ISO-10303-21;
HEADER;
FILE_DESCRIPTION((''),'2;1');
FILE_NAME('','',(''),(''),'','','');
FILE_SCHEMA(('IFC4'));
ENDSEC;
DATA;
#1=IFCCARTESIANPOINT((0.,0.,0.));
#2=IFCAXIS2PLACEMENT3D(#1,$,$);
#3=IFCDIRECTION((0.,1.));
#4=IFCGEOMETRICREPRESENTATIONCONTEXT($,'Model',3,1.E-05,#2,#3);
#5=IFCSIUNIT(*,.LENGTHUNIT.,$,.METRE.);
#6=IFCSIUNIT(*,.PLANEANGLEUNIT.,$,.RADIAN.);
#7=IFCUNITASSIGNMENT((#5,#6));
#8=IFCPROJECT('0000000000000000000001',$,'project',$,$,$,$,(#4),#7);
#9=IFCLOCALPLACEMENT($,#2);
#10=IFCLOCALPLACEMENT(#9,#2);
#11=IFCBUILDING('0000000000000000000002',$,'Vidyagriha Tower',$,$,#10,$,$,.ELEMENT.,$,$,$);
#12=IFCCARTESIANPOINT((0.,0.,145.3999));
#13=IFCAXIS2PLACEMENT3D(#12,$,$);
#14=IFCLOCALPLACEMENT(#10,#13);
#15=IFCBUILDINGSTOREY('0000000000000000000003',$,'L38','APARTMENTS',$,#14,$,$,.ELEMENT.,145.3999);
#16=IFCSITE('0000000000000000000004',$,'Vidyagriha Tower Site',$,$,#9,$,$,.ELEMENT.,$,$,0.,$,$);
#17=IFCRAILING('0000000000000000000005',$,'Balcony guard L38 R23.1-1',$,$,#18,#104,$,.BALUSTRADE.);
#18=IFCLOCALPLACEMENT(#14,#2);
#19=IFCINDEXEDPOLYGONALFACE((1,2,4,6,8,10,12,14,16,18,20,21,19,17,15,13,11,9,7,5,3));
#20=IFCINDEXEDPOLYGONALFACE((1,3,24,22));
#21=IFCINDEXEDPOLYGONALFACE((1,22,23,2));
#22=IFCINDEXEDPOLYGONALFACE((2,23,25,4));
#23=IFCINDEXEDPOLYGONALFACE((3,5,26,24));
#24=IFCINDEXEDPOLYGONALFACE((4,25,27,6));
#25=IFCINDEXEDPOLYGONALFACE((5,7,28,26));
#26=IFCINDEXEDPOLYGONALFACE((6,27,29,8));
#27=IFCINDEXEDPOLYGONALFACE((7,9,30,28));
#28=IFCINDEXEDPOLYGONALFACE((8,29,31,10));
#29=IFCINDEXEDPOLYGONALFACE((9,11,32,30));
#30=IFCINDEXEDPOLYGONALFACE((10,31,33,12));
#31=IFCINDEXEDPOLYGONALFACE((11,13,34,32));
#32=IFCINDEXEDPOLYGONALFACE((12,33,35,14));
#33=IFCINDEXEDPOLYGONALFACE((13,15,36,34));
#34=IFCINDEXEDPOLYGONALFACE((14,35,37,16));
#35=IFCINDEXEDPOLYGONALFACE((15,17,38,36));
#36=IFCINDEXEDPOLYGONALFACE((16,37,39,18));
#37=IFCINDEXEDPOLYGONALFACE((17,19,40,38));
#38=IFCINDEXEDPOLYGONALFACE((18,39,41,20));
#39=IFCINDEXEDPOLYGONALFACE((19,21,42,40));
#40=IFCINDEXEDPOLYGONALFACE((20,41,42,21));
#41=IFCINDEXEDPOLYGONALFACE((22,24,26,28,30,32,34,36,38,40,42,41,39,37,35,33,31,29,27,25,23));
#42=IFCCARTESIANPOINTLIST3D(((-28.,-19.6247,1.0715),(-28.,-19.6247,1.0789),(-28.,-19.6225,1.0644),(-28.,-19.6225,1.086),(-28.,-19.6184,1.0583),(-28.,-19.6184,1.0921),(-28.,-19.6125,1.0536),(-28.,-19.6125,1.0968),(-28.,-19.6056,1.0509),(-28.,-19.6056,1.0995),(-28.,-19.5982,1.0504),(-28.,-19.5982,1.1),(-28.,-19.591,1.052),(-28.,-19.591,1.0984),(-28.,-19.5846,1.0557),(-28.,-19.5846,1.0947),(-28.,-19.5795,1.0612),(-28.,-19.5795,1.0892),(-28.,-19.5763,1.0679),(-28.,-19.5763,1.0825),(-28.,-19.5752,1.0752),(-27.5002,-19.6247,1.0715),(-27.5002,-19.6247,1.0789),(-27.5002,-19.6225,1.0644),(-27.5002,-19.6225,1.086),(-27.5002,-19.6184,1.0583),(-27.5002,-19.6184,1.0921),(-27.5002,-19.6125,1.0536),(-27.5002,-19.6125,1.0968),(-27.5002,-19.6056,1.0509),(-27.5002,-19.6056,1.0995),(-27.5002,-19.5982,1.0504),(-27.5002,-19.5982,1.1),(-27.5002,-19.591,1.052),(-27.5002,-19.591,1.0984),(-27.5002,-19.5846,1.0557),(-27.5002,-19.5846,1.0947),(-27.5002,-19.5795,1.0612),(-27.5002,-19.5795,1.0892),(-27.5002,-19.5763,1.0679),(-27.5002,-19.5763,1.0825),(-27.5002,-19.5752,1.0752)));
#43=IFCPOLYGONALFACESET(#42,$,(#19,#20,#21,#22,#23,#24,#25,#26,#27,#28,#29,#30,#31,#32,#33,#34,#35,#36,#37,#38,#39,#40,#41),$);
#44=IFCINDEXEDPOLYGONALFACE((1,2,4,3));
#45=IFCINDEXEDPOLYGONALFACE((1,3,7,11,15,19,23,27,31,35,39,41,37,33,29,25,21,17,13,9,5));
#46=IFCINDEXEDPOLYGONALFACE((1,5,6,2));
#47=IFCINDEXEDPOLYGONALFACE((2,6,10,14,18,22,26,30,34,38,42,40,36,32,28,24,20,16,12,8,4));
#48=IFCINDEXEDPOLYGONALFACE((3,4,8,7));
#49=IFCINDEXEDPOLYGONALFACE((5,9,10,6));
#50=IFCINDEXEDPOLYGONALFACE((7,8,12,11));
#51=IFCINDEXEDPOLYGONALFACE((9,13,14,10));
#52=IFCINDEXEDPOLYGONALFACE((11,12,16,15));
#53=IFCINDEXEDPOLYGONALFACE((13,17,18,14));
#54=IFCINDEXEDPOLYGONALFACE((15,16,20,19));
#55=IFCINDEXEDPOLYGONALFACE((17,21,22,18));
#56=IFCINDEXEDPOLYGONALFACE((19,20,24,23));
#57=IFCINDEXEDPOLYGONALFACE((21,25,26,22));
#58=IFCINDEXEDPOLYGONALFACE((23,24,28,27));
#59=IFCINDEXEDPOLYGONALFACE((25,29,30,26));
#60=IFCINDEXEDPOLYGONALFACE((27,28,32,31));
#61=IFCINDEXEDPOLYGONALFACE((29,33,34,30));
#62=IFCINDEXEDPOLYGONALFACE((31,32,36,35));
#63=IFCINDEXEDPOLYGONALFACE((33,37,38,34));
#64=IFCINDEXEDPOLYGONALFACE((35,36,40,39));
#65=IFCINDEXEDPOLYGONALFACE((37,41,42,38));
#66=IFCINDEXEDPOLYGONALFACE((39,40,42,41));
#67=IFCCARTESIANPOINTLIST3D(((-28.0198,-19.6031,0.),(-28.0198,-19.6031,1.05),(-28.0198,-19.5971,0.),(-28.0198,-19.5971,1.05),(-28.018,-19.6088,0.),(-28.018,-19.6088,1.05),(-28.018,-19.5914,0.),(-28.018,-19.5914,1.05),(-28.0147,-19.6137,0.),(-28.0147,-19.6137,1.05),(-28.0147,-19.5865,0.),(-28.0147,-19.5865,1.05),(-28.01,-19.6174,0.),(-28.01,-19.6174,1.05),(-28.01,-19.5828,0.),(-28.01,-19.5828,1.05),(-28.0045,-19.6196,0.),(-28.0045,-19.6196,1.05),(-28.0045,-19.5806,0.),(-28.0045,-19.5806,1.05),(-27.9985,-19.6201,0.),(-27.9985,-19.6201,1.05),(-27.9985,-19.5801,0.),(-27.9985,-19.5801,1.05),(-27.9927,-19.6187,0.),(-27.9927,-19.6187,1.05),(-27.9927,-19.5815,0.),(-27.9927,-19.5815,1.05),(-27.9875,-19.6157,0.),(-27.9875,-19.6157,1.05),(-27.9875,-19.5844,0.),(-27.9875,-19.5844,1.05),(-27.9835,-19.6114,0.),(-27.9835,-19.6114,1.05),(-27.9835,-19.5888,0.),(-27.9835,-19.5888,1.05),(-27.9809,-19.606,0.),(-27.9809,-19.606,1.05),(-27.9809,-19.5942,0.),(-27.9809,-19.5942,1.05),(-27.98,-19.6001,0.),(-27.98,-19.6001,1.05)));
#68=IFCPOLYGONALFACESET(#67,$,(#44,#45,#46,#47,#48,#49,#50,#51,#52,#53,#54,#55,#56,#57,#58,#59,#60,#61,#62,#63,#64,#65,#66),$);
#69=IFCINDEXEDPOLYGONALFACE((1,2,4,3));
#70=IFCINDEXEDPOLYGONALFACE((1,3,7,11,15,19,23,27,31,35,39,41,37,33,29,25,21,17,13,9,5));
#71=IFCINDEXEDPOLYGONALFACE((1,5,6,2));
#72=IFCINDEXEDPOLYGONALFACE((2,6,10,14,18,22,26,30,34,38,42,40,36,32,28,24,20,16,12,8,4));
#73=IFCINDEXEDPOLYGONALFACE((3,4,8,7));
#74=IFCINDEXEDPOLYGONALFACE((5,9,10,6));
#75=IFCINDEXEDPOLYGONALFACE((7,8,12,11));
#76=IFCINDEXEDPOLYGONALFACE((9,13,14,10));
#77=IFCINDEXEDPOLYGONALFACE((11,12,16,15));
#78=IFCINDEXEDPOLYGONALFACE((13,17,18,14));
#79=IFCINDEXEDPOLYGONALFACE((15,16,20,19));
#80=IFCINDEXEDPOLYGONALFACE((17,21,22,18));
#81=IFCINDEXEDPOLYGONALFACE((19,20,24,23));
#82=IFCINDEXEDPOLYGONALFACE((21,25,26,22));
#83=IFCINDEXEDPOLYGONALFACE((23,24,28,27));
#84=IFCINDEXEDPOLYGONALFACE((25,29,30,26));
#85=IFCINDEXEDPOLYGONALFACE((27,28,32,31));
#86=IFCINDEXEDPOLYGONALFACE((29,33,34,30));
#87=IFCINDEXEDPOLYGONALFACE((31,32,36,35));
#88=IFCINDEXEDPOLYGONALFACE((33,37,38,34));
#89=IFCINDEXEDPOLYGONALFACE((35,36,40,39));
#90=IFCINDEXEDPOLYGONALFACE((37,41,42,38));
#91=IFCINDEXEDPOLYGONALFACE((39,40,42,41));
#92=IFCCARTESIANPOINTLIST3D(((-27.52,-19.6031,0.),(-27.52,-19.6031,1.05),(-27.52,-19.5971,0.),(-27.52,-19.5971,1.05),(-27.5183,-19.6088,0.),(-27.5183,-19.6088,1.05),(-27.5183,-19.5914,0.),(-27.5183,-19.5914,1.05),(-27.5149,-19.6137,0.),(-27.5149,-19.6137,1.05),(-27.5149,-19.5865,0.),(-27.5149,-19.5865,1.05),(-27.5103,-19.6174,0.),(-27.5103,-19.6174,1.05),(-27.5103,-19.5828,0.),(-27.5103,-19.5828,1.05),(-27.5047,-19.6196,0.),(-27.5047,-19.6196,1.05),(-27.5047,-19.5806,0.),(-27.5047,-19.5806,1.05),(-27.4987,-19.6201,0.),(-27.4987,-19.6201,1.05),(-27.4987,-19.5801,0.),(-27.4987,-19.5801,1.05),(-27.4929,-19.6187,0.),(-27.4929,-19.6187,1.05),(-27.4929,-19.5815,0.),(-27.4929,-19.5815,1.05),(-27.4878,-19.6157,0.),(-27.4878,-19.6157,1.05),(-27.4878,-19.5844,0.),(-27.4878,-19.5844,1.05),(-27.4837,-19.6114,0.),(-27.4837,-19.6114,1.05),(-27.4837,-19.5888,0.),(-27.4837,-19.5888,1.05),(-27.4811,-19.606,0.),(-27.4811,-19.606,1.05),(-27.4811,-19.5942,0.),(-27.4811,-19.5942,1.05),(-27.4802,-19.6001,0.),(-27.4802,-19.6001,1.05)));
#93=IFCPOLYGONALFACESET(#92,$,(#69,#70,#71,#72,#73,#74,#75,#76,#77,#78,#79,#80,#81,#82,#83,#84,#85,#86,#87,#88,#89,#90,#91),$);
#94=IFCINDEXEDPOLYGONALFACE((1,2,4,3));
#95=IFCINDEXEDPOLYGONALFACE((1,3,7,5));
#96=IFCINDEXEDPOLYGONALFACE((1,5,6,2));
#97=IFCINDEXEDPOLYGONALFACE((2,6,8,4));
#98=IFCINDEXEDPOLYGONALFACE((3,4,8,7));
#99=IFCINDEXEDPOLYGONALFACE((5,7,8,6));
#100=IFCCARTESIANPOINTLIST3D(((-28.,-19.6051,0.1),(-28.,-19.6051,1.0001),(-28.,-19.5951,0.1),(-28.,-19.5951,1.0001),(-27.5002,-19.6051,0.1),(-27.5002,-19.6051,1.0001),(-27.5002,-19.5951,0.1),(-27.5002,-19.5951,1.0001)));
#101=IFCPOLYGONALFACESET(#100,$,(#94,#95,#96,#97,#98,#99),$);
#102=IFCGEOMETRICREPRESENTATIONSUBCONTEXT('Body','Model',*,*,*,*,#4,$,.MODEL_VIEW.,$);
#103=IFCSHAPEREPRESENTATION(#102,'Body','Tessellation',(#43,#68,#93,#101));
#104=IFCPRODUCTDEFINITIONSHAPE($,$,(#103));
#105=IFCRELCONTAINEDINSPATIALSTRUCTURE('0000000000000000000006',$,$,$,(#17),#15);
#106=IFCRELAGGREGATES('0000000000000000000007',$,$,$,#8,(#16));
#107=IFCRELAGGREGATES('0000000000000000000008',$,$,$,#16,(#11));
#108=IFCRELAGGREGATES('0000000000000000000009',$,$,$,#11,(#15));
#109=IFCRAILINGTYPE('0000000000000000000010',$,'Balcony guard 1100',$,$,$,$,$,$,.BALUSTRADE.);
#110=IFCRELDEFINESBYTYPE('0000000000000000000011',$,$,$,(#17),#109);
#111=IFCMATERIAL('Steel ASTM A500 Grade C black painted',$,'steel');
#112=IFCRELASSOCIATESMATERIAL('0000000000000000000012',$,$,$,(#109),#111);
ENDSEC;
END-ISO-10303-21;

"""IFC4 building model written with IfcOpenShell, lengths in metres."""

from ifc_helpers import new_model, si_unit, direction, frame, origin, origin_2d, place, context, subcontext, project, spatial, rectangle, circle, extrude, material, type_object, element, save


model = new_model("IFC4")

# Units and contexts
model_context = context("Model", 3, precision=1e-05, world=origin(), true_north=direction((0.0, 1.0)))
body_context = subcontext(model_context, "Body", "Model", "MODEL_VIEW")
ifc_project = project(units=[si_unit("LENGTHUNIT", "METRE"), si_unit("PLANEANGLEUNIT", "RADIAN")], contexts=[model_context])

# Site, building, storey
site_placement = place(None, origin())
site = spatial("IfcSite", under=ifc_project, at=site_placement, Name="Vidyagriha Tower Site", CompositionType="ELEMENT", RefElevation=0.0)
building_placement = place(site_placement, origin())
building = spatial("IfcBuilding", under=site, at=building_placement, Name="Vidyagriha Tower", CompositionType="ELEMENT")
storey_placement = place(building_placement, frame((0.0, 0.0, 145.3999)))
storey = spatial("IfcBuildingStorey", under=building, at=storey_placement, Name="L38", Description="APARTMENTS", CompositionType="ELEMENT", Elevation=145.3999)

# Railing
ifc_material_1 = material(Name="Steel ASTM A500 Grade C black painted", Category="steel")
railing_type_1 = type_object("IfcRailingType", Name="Balcony guard 1100", PredefinedType="BALUSTRADE", material=ifc_material_1)
railing_1_placement = place(storey_placement, frame((-28.0, -19.6001, 0.0)))
element("IfcRailing", 1, at=railing_1_placement, inside=storey, type_object=railing_type_1, Name="Balcony guard L38 R23.1-1", PredefinedType="BALUSTRADE", context=body_context, shape_type="SweptSolid", body=[
    extrude(circle(Radius=0.0249, at=origin_2d()), frame((0.0, 0.0, 1.0752), z_axis=(1.0, 0.0, 0.0), x_axis=(0.0, 1.0, 0.0)), (0.0, 0.0, 1.0), 0.4998),
    extrude(circle(Radius=0.02, at=origin_2d()), origin(), (0.0, 0.0, 1.0), 1.05),
    extrude(circle(Radius=0.02, at=origin_2d()), frame((0.4998, 0.0, 0.0)), (0.0, 0.0, 1.0), 1.05),
    extrude(rectangle(XDim=0.01, YDim=0.9001, at=origin_2d()), frame((0.0, 0.0, 0.55), z_axis=(1.0, 0.0, 0.0), x_axis=(0.0, 1.0, 0.0)), (0.0, 0.0, 1.0), 0.4998),
])

save(model, "model.ifc")
